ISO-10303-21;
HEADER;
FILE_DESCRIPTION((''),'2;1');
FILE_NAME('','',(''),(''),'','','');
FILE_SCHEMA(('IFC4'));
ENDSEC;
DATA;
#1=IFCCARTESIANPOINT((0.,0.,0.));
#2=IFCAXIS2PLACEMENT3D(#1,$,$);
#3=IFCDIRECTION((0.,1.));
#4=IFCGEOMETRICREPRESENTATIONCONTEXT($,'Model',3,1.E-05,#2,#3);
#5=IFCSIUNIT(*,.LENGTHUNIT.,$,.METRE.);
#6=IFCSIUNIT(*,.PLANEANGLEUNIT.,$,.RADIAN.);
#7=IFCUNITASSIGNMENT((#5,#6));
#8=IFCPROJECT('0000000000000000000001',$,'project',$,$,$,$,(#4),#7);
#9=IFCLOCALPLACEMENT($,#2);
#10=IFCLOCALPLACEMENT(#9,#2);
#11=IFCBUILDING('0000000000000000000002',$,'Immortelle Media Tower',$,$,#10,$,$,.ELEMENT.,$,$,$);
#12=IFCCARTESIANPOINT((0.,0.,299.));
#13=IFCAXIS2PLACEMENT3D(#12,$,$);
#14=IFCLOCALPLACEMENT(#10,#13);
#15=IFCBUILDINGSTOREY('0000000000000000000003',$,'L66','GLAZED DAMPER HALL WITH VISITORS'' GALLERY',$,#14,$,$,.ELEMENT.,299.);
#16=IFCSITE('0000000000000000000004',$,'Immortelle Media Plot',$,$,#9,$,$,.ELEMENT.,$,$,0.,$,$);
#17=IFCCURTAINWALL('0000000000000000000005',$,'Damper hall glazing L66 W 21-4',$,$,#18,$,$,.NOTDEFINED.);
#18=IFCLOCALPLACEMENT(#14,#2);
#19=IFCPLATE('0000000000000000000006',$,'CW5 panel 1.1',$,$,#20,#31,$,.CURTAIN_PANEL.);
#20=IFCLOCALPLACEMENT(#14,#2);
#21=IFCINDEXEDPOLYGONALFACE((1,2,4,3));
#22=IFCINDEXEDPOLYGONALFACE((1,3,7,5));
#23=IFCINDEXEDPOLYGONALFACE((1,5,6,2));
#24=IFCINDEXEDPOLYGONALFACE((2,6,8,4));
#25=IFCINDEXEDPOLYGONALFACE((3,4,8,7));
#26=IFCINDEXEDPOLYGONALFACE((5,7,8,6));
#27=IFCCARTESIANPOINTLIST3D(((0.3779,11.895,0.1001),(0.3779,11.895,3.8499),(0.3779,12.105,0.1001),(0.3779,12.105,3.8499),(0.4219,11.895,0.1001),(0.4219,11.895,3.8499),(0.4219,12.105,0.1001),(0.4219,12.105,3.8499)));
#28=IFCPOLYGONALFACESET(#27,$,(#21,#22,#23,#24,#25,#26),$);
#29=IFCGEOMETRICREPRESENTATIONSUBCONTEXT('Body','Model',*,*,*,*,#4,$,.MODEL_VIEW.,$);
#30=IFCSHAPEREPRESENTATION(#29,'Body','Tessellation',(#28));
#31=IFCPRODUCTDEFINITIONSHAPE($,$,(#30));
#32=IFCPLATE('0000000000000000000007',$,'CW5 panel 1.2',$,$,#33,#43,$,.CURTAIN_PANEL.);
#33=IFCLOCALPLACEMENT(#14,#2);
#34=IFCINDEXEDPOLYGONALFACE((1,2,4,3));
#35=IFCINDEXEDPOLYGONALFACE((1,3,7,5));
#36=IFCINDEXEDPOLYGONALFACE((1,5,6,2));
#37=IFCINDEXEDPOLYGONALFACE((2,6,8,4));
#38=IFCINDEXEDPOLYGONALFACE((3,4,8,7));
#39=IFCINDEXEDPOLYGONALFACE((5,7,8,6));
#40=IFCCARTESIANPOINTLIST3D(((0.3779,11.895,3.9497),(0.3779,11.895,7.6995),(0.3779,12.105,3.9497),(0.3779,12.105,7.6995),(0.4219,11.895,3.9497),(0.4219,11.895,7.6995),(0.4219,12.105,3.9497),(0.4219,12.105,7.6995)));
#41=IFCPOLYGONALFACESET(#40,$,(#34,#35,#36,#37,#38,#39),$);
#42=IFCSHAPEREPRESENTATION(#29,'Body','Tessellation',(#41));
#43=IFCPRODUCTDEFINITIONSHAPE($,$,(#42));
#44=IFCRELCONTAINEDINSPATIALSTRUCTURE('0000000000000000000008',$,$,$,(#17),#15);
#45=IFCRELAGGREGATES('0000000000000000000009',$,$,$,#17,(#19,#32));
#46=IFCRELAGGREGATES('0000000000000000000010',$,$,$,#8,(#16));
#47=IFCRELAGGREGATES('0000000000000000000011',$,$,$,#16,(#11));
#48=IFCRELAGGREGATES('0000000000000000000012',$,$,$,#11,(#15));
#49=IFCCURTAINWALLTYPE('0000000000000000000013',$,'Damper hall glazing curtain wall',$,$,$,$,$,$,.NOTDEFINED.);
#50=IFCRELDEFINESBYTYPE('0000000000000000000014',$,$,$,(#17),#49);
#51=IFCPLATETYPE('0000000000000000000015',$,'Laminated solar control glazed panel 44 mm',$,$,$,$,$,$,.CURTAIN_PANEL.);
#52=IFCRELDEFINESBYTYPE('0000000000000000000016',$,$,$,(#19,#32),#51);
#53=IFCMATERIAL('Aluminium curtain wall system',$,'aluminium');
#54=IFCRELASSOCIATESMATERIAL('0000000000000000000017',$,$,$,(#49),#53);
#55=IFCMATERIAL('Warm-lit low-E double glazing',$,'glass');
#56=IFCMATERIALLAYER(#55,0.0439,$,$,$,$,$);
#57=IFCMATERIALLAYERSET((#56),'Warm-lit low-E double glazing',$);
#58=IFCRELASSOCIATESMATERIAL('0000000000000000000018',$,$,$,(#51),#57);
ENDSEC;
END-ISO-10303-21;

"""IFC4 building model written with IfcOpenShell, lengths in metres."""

from ifc_helpers import new_model, si_unit, direction, frame, origin, origin_2d, place, context, subcontext, project, spatial, rectangle, extrude, material, layer, layer_set, type_object, element, aggregate, save


model = new_model("IFC4")

# Units and contexts
model_context = context("Model", 3, precision=1e-05, world=origin(), true_north=direction((0.0, 1.0)))
body_context = subcontext(model_context, "Body", "Model", "MODEL_VIEW")
ifc_project = project(units=[si_unit("LENGTHUNIT", "METRE"), si_unit("PLANEANGLEUNIT", "RADIAN")], contexts=[model_context])

# Site, building, storey
site_placement = place(None, origin())
site = spatial("IfcSite", under=ifc_project, at=site_placement, Name="Immortelle Media Plot", CompositionType="ELEMENT", RefElevation=0.0)
building_placement = place(site_placement, origin())
building = spatial("IfcBuilding", under=site, at=building_placement, Name="Immortelle Media Tower", CompositionType="ELEMENT")
storey_placement = place(building_placement, frame((0.0, 0.0, 299.0)))
storey = spatial("IfcBuildingStorey", under=building, at=storey_placement, Name="L66", Description="GLAZED DAMPER HALL WITH VISITORS' GALLERY", CompositionType="ELEMENT", Elevation=299.0)

# Shared definitions
ifc_material_1 = material(Name="Aluminium curtain wall system", Category="aluminium")
curtain_wall_type = type_object("IfcCurtainWallType", Name="Damper hall glazing curtain wall", PredefinedType="NOTDEFINED", material=ifc_material_1)

# Curtain wall
curtain_wall_1_placement = place(storey_placement, origin())
curtain_wall_1 = element("IfcCurtainWall", 1, at=curtain_wall_1_placement, inside=storey, type_object=curtain_wall_type, Name="Damper hall glazing L66 W 21-4", PredefinedType="NOTDEFINED")

# Plates
ifc_material_2 = material(Name="Warm-lit low-E double glazing", Category="glass")
ifc_layer = layer(ifc_material_2, 0.0439)
ifc_layer_set = layer_set([ifc_layer], Name="Warm-lit low-E double glazing")
plate_type = type_object("IfcPlateType", Name="Laminated solar control glazed panel 44 mm", PredefinedType="CURTAIN_PANEL", material=ifc_layer_set)
plate_1_placement = place(storey_placement, frame((0.3999, 12.0, 0.1001), z_axis=(0.0, 0.0, 1.0), x_axis=(0.0, -1.0, 0.0)))
plate_1 = element("IfcPlate", 2, at=plate_1_placement, type_object=plate_type, Name="CW5 panel 1.1", PredefinedType="CURTAIN_PANEL", context=body_context, shape_type="SweptSolid", body=[
    extrude(rectangle(XDim=0.21, YDim=0.0439, at=origin_2d()), origin(), (0.0, 0.0, 1.0), 3.7498),
])
plate_2_placement = place(storey_placement, frame((0.3999, 12.0, 3.9497), z_axis=(0.0, 0.0, 1.0), x_axis=(0.0, -1.0, 0.0)))
plate_2 = element("IfcPlate", 3, at=plate_2_placement, type_object=plate_type, Name="CW5 panel 1.2", PredefinedType="CURTAIN_PANEL", context=body_context, shape_type="SweptSolid", body=[
    extrude(rectangle(XDim=0.21, YDim=0.0439, at=origin_2d()), origin(), (0.0, 0.0, 1.0), 3.7498),
])
aggregate(curtain_wall_1, [plate_1, plate_2])

save(model, "model.ifc")
